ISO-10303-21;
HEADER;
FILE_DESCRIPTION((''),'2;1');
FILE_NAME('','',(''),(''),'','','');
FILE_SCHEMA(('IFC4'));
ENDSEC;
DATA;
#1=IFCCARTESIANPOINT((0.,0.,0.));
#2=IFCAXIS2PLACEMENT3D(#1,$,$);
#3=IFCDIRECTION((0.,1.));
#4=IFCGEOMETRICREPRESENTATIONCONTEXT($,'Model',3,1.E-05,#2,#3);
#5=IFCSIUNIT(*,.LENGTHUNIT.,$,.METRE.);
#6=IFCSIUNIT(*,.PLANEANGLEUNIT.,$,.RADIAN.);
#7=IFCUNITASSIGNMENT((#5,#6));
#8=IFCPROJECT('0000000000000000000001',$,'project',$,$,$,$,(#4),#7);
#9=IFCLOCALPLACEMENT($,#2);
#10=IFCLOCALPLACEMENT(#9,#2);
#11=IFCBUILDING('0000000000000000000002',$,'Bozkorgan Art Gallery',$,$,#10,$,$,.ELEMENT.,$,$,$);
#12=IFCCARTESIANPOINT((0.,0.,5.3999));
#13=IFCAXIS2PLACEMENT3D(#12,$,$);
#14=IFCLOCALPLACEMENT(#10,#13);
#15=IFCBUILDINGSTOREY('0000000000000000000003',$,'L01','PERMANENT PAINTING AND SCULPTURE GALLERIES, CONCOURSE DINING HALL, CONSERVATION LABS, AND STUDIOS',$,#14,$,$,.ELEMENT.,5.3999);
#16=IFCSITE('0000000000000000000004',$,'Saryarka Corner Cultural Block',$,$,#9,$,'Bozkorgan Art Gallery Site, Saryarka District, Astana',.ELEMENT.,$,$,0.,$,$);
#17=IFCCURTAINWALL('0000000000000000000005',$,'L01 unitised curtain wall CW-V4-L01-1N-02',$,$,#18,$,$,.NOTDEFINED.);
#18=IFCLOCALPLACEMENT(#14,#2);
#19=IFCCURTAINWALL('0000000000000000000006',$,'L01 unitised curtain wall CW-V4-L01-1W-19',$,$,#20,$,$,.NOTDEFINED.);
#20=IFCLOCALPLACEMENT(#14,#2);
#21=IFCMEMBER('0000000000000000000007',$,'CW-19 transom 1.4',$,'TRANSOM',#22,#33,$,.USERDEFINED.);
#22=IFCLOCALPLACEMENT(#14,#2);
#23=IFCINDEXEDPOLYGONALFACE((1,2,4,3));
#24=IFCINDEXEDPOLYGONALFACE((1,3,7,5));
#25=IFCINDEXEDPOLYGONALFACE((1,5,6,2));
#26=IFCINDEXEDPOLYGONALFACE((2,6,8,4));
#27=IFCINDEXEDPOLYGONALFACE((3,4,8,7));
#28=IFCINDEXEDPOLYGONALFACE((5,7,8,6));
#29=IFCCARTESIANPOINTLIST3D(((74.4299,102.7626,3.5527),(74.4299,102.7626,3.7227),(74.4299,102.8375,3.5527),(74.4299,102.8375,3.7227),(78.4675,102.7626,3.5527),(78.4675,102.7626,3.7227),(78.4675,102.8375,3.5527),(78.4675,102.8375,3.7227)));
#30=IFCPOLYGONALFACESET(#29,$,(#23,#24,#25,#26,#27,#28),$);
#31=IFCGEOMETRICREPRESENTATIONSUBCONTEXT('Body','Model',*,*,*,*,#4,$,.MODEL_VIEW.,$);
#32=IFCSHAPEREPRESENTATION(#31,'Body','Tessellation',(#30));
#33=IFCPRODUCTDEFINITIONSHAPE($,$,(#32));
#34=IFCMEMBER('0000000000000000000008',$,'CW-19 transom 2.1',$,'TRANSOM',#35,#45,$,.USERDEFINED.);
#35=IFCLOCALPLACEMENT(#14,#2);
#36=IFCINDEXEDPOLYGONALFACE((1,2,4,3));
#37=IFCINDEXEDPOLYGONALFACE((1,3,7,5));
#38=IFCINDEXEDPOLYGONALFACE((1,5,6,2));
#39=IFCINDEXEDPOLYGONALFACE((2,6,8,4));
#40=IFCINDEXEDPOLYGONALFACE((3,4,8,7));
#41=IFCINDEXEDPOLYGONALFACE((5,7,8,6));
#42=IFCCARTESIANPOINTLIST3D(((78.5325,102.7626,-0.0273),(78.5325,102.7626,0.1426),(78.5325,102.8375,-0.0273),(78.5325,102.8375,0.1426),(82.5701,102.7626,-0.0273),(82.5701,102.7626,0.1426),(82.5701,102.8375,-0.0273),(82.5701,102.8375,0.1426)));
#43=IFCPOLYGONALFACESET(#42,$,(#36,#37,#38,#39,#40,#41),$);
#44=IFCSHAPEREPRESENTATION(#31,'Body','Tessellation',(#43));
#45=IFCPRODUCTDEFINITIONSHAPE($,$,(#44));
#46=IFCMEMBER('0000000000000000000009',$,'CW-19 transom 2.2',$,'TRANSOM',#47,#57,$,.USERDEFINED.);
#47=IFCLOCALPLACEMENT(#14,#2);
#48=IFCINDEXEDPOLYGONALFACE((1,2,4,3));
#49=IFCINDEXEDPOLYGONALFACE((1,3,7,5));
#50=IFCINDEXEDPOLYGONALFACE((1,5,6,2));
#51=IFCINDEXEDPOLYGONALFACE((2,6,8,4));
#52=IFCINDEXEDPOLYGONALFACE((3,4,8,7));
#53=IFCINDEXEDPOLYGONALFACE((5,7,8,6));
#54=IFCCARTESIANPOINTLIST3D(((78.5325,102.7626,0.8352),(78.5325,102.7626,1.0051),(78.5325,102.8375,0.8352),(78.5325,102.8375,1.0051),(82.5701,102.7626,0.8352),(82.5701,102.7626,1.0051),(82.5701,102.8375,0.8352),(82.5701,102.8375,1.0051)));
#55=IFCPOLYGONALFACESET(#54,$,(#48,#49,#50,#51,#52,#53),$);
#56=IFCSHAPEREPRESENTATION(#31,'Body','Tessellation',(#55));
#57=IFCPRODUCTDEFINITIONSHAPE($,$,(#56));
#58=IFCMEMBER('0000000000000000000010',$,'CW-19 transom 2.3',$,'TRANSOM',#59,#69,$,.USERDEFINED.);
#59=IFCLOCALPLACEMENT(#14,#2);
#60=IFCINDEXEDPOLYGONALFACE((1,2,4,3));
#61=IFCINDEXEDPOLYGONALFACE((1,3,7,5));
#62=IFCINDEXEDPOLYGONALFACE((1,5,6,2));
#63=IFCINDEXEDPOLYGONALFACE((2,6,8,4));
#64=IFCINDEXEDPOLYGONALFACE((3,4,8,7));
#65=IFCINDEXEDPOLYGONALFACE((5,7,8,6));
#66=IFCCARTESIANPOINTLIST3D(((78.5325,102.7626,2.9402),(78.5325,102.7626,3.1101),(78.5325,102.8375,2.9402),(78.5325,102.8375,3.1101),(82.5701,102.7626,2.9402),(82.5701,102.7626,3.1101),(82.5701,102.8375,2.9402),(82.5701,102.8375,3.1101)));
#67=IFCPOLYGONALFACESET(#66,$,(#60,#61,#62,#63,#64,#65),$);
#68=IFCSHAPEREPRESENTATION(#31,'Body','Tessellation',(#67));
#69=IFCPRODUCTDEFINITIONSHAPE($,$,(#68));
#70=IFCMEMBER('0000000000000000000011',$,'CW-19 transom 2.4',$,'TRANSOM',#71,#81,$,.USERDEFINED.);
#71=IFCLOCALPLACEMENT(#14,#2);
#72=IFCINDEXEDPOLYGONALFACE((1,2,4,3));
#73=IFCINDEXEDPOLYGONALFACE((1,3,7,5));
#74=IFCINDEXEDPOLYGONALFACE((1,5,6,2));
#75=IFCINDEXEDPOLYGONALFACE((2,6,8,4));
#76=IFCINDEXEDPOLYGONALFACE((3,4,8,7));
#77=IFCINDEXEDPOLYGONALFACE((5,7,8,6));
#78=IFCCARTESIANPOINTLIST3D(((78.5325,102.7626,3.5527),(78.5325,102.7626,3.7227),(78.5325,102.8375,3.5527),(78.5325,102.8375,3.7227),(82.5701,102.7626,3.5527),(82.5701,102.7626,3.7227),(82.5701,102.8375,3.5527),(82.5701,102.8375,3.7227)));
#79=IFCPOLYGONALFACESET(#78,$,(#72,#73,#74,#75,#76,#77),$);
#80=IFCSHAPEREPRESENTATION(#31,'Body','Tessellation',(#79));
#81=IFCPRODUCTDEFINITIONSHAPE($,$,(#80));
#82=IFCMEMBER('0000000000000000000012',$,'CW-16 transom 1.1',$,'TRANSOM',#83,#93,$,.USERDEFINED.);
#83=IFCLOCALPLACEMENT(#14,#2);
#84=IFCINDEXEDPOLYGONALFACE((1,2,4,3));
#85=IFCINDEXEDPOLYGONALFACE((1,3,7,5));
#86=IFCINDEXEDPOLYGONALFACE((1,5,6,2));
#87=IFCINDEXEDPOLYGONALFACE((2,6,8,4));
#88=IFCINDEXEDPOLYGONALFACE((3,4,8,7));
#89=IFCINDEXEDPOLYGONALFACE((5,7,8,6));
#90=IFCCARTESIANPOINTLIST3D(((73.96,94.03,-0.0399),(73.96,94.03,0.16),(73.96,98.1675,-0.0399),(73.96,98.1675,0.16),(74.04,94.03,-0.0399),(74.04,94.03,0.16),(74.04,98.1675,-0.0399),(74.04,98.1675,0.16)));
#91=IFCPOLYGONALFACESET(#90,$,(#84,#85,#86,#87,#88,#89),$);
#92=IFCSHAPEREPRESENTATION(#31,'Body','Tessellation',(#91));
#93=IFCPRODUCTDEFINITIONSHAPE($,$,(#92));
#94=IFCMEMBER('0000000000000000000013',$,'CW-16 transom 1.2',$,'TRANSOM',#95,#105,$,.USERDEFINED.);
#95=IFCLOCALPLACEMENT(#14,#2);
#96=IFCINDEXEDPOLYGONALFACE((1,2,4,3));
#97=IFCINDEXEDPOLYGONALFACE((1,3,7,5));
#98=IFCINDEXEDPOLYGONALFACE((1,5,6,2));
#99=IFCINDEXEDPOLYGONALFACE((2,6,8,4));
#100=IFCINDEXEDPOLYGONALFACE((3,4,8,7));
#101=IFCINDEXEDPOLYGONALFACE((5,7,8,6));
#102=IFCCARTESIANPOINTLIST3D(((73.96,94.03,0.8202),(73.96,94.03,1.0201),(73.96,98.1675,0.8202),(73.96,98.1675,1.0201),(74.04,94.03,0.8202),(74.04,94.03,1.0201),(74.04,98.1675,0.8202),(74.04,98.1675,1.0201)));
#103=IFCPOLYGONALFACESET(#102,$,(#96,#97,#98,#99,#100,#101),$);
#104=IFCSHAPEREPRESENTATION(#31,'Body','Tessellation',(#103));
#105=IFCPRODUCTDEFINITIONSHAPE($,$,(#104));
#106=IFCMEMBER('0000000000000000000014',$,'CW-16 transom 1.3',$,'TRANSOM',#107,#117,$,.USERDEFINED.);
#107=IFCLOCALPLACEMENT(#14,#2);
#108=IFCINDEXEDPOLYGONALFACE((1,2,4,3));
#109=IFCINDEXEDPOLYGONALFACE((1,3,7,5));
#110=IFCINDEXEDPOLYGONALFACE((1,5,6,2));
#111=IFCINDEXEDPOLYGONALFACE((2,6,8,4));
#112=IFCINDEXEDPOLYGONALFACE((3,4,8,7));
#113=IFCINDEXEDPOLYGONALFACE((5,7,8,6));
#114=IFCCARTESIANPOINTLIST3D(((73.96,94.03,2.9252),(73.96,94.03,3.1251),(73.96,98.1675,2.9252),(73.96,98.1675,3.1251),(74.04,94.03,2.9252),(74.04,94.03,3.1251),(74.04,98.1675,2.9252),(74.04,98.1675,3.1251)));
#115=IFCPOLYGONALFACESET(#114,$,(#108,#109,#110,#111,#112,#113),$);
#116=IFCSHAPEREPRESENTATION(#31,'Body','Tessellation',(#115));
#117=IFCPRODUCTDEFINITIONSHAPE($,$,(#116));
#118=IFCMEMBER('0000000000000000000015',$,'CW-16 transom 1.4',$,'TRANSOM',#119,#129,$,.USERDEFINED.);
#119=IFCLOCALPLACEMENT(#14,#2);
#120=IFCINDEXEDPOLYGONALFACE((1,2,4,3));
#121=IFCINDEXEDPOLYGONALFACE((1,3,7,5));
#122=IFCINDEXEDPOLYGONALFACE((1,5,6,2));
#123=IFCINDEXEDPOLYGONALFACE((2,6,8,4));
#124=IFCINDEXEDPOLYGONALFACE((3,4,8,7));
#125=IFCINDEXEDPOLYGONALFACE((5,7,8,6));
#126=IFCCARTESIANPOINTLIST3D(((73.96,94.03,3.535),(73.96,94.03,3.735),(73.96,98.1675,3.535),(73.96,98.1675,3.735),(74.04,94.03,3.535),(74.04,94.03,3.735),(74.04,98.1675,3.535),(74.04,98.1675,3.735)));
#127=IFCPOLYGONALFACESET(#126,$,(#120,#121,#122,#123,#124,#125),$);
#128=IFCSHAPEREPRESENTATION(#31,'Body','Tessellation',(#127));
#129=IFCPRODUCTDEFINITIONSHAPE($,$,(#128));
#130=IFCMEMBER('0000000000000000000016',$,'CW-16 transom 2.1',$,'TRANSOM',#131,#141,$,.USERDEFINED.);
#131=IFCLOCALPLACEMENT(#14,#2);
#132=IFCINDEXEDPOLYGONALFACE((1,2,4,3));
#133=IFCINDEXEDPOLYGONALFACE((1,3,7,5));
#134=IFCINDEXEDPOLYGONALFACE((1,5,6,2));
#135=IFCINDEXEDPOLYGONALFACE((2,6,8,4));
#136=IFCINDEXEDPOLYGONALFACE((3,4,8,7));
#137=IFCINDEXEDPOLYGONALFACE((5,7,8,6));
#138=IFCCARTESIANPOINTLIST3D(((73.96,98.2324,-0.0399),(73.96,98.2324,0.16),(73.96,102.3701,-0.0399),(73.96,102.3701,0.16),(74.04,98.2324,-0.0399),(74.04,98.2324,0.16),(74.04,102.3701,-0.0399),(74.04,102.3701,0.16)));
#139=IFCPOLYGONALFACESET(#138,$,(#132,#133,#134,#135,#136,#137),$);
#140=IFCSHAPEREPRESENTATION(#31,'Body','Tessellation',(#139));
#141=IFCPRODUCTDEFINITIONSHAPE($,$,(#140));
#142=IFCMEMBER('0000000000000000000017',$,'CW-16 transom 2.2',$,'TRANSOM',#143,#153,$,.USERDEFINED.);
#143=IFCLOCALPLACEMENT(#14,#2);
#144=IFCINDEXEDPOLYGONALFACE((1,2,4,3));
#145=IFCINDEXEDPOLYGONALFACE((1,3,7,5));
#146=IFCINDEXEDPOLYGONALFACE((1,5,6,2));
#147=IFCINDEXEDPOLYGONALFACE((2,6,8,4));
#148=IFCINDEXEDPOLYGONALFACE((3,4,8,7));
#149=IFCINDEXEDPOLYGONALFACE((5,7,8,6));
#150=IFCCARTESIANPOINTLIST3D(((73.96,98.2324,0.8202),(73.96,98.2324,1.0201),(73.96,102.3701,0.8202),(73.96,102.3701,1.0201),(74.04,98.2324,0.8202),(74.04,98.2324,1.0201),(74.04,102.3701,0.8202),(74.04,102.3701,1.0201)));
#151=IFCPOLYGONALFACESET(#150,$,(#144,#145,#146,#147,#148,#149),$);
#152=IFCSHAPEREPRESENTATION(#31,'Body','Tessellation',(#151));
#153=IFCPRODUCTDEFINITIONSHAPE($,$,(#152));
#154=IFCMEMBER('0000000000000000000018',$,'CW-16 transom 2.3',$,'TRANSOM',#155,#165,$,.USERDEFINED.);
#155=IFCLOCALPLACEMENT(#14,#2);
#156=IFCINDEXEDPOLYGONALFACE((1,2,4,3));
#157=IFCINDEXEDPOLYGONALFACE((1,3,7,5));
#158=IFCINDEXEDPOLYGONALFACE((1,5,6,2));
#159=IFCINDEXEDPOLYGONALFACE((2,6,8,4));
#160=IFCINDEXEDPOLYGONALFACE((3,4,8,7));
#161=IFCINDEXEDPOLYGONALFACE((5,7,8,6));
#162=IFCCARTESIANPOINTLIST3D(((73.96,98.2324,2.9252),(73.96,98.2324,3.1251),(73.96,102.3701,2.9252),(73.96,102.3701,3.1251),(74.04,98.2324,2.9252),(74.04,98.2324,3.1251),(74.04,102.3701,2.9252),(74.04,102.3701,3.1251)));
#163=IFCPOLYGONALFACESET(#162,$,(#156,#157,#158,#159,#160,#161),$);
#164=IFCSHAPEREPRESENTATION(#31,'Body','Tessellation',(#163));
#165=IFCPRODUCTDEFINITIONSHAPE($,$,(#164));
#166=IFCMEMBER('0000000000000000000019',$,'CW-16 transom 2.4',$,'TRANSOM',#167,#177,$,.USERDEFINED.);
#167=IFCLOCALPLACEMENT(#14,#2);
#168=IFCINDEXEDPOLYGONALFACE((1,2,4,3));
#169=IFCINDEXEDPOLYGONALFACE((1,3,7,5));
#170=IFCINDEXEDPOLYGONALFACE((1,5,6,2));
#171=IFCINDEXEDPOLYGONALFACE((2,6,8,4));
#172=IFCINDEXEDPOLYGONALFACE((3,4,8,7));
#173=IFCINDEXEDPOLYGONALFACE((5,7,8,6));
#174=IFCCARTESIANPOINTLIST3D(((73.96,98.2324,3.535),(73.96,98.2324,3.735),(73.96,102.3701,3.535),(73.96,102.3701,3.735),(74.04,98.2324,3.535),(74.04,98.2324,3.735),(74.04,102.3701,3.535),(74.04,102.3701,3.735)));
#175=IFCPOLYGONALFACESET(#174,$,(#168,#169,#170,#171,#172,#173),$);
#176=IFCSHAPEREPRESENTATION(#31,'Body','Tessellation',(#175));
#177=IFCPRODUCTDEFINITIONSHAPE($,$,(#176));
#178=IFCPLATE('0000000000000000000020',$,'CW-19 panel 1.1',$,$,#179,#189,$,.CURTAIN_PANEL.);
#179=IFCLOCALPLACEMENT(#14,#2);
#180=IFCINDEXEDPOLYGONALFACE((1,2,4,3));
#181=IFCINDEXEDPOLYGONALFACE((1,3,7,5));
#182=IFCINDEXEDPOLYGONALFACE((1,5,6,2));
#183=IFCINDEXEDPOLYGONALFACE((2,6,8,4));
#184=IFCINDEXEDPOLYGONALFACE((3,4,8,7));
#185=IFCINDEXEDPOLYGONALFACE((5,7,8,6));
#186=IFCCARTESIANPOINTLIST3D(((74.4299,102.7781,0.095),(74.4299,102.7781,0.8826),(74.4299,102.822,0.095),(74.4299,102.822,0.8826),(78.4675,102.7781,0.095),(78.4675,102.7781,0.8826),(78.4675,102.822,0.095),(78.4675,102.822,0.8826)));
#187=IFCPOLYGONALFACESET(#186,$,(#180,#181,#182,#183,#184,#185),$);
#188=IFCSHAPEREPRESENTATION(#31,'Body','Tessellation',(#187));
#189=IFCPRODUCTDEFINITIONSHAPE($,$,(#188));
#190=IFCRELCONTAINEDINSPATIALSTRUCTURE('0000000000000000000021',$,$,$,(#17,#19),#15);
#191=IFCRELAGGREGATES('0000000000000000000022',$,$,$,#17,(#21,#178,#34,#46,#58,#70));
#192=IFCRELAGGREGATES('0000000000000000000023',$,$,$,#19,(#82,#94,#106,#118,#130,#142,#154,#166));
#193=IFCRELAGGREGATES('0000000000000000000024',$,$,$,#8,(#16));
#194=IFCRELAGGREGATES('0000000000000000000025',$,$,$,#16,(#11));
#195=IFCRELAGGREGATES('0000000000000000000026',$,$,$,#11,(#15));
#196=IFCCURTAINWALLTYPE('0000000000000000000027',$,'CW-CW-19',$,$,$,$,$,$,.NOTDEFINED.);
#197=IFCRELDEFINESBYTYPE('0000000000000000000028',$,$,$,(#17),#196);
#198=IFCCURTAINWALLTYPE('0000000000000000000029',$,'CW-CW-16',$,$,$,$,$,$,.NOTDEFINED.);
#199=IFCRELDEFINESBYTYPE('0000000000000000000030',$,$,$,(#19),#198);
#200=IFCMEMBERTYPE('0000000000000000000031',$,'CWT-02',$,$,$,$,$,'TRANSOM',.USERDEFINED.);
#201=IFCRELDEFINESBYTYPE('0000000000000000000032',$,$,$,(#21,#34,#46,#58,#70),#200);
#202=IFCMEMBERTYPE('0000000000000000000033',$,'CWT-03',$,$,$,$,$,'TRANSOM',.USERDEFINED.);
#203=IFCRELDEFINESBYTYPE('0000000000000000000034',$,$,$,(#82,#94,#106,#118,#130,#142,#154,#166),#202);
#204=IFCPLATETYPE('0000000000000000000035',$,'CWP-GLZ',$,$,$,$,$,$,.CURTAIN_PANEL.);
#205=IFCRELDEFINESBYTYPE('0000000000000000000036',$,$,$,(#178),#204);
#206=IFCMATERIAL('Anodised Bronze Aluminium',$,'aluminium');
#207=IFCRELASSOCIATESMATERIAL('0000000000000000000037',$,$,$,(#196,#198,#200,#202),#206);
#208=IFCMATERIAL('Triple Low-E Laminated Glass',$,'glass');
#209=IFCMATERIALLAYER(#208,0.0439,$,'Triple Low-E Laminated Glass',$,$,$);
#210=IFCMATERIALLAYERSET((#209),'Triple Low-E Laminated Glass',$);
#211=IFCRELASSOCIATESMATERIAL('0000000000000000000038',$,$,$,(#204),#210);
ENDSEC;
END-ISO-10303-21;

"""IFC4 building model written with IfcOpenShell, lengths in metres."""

from ifc_helpers import new_model, si_unit, direction, frame, origin, origin_2d, place, context, subcontext, project, spatial, rectangle, extrude, material, layer, layer_set, material_profile, profile_set, type_object, element, aggregate, save


model = new_model("IFC4")

# Units and contexts
model_context = context("Model", 3, precision=1e-05, world=origin(), true_north=direction((0.0, 1.0)))
body_context = subcontext(model_context, "Body", "Model", "MODEL_VIEW")
ifc_project = project(units=[si_unit("LENGTHUNIT", "METRE"), si_unit("PLANEANGLEUNIT", "RADIAN")], contexts=[model_context])

# Site, building, storey
site_placement = place(None, origin())
site = spatial("IfcSite", under=ifc_project, at=site_placement, Name="Saryarka Corner Cultural Block", LongName="Bozkorgan Art Gallery Site, Saryarka District, Astana", CompositionType="ELEMENT", RefElevation=0.0)
building_placement = place(site_placement, origin())
building = spatial("IfcBuilding", under=site, at=building_placement, Name="Bozkorgan Art Gallery", CompositionType="ELEMENT")
storey_placement = place(building_placement, frame((0.0, 0.0, 5.3999)))
storey = spatial("IfcBuildingStorey", under=building, at=storey_placement, Name="L01", Description="PERMANENT PAINTING AND SCULPTURE GALLERIES, CONCOURSE DINING HALL, CONSERVATION LABS, AND STUDIOS", CompositionType="ELEMENT", Elevation=5.3999)

# Curtain walls
ifc_material_1 = material(Name="Anodised Bronze Aluminium", Category="aluminium")
curtain_wall_type_1 = type_object("IfcCurtainWallType", Name="CW-CW-19", PredefinedType="NOTDEFINED", material=ifc_material_1)
curtain_wall_1_placement = place(storey_placement, origin())
curtain_wall_1 = element("IfcCurtainWall", 1, at=curtain_wall_1_placement, inside=storey, type_object=curtain_wall_type_1, Name="L01 unitised curtain wall CW-V4-L01-1N-02", PredefinedType="NOTDEFINED")
curtain_wall_type_2 = type_object("IfcCurtainWallType", Name="CW-CW-16", PredefinedType="NOTDEFINED", material=ifc_material_1)
curtain_wall_2_placement = place(storey_placement, origin())
curtain_wall_2 = element("IfcCurtainWall", 2, at=curtain_wall_2_placement, inside=storey, type_object=curtain_wall_type_2, Name="L01 unitised curtain wall CW-V4-L01-1W-19", PredefinedType="NOTDEFINED")

# Members
ifc_material_profile_1 = material_profile(ifc_material_1, rectangle(XDim=0.075, YDim=0.1699, at=origin_2d()), Name="ALU TRANSOM 75x170")
ifc_profile_set_1 = profile_set([ifc_material_profile_1], Name="Anodised Bronze Aluminium")
member_type_1 = type_object("IfcMemberType", Name="CWT-02", ElementType="TRANSOM", PredefinedType="USERDEFINED", material=ifc_profile_set_1)
member_1_placement = place(storey_placement, frame((74.4299, 102.8, 3.6377), z_axis=(1.0, 0.0, 0.0), x_axis=(0.0, 1.0, 0.0)))
member_1 = element("IfcMember", 3, at=member_1_placement, type_object=member_type_1, Name="CW-19 transom 1.4", ObjectType="TRANSOM", PredefinedType="USERDEFINED", context=body_context, shape_type="SweptSolid", body=[
    extrude(rectangle(XDim=0.075, YDim=0.1699, at=origin_2d()), origin(), (0.0, 0.0, 1.0), 4.0376),
])
member_2_placement = place(storey_placement, frame((78.5325, 102.8, 0.0576), z_axis=(1.0, 0.0, 0.0), x_axis=(0.0, 1.0, 0.0)))
member_2 = element("IfcMember", 4, at=member_2_placement, type_object=member_type_1, Name="CW-19 transom 2.1", ObjectType="TRANSOM", PredefinedType="USERDEFINED", context=body_context, shape_type="SweptSolid", body=[
    extrude(rectangle(XDim=0.075, YDim=0.1699, at=origin_2d()), origin(), (0.0, 0.0, 1.0), 4.0376),
])
member_3_placement = place(storey_placement, frame((78.5325, 102.8, 0.9202), z_axis=(1.0, 0.0, 0.0), x_axis=(0.0, 1.0, 0.0)))
member_3 = element("IfcMember", 5, at=member_3_placement, type_object=member_type_1, Name="CW-19 transom 2.2", ObjectType="TRANSOM", PredefinedType="USERDEFINED", context=body_context, shape_type="SweptSolid", body=[
    extrude(rectangle(XDim=0.075, YDim=0.1699, at=origin_2d()), origin(), (0.0, 0.0, 1.0), 4.0376),
])
member_4_placement = place(storey_placement, frame((78.5325, 102.8, 3.0251), z_axis=(1.0, 0.0, 0.0), x_axis=(0.0, 1.0, 0.0)))
member_4 = element("IfcMember", 6, at=member_4_placement, type_object=member_type_1, Name="CW-19 transom 2.3", ObjectType="TRANSOM", PredefinedType="USERDEFINED", context=body_context, shape_type="SweptSolid", body=[
    extrude(rectangle(XDim=0.075, YDim=0.1699, at=origin_2d()), origin(), (0.0, 0.0, 1.0), 4.0376),
])
member_5_placement = place(storey_placement, frame((78.5325, 102.8, 3.6377), z_axis=(1.0, 0.0, 0.0), x_axis=(0.0, 1.0, 0.0)))
member_5 = element("IfcMember", 7, at=member_5_placement, type_object=member_type_1, Name="CW-19 transom 2.4", ObjectType="TRANSOM", PredefinedType="USERDEFINED", context=body_context, shape_type="SweptSolid", body=[
    extrude(rectangle(XDim=0.075, YDim=0.1699, at=origin_2d()), origin(), (0.0, 0.0, 1.0), 4.0376),
])
ifc_material_profile_2 = material_profile(ifc_material_1, rectangle(XDim=0.0801, YDim=0.2, at=origin_2d()), Name="ALU TRANSOM 80x200")
ifc_profile_set_2 = profile_set([ifc_material_profile_2], Name="Anodised Bronze Aluminium")
member_type_2 = type_object("IfcMemberType", Name="CWT-03", ElementType="TRANSOM", PredefinedType="USERDEFINED", material=ifc_profile_set_2)
member_6_placement = place(storey_placement, frame((74.0, 94.03, 0.0601), z_axis=(0.0, 1.0, 0.0), x_axis=(-1.0, 0.0, 0.0)))
member_6 = element("IfcMember", 8, at=member_6_placement, type_object=member_type_2, Name="CW-16 transom 1.1", ObjectType="TRANSOM", PredefinedType="USERDEFINED", context=body_context, shape_type="SweptSolid", body=[
    extrude(rectangle(XDim=0.0801, YDim=0.2, at=origin_2d()), origin(), (0.0, 0.0, 1.0), 4.1375),
])
member_7_placement = place(storey_placement, frame((74.0, 94.03, 0.9202), z_axis=(0.0, 1.0, 0.0), x_axis=(-1.0, 0.0, 0.0)))
member_7 = element("IfcMember", 9, at=member_7_placement, type_object=member_type_2, Name="CW-16 transom 1.2", ObjectType="TRANSOM", PredefinedType="USERDEFINED", context=body_context, shape_type="SweptSolid", body=[
    extrude(rectangle(XDim=0.0801, YDim=0.2, at=origin_2d()), origin(), (0.0, 0.0, 1.0), 4.1375),
])
member_8_placement = place(storey_placement, frame((74.0, 94.03, 3.0251), z_axis=(0.0, 1.0, 0.0), x_axis=(-1.0, 0.0, 0.0)))
member_8 = element("IfcMember", 10, at=member_8_placement, type_object=member_type_2, Name="CW-16 transom 1.3", ObjectType="TRANSOM", PredefinedType="USERDEFINED", context=body_context, shape_type="SweptSolid", body=[
    extrude(rectangle(XDim=0.0801, YDim=0.2, at=origin_2d()), origin(), (0.0, 0.0, 1.0), 4.1375),
])
member_9_placement = place(storey_placement, frame((74.0, 94.03, 3.635), z_axis=(0.0, 1.0, 0.0), x_axis=(-1.0, 0.0, 0.0)))
member_9 = element("IfcMember", 11, at=member_9_placement, type_object=member_type_2, Name="CW-16 transom 1.4", ObjectType="TRANSOM", PredefinedType="USERDEFINED", context=body_context, shape_type="SweptSolid", body=[
    extrude(rectangle(XDim=0.0801, YDim=0.2, at=origin_2d()), origin(), (0.0, 0.0, 1.0), 4.1375),
])
member_10_placement = place(storey_placement, frame((74.0, 98.2324, 0.0601), z_axis=(0.0, 1.0, 0.0), x_axis=(-1.0, 0.0, 0.0)))
member_10 = element("IfcMember", 12, at=member_10_placement, type_object=member_type_2, Name="CW-16 transom 2.1", ObjectType="TRANSOM", PredefinedType="USERDEFINED", context=body_context, shape_type="SweptSolid", body=[
    extrude(rectangle(XDim=0.0801, YDim=0.2, at=origin_2d()), origin(), (0.0, 0.0, 1.0), 4.1377),
])
member_11_placement = place(storey_placement, frame((74.0, 98.2324, 0.9202), z_axis=(0.0, 1.0, 0.0), x_axis=(-1.0, 0.0, 0.0)))
member_11 = element("IfcMember", 13, at=member_11_placement, type_object=member_type_2, Name="CW-16 transom 2.2", ObjectType="TRANSOM", PredefinedType="USERDEFINED", context=body_context, shape_type="SweptSolid", body=[
    extrude(rectangle(XDim=0.0801, YDim=0.2, at=origin_2d()), origin(), (0.0, 0.0, 1.0), 4.1377),
])
member_12_placement = place(storey_placement, frame((74.0, 98.2324, 3.0251), z_axis=(0.0, 1.0, 0.0), x_axis=(-1.0, 0.0, 0.0)))
member_12 = element("IfcMember", 14, at=member_12_placement, type_object=member_type_2, Name="CW-16 transom 2.3", ObjectType="TRANSOM", PredefinedType="USERDEFINED", context=body_context, shape_type="SweptSolid", body=[
    extrude(rectangle(XDim=0.0801, YDim=0.2, at=origin_2d()), origin(), (0.0, 0.0, 1.0), 4.1377),
])
member_13_placement = place(storey_placement, frame((74.0, 98.2324, 3.635), z_axis=(0.0, 1.0, 0.0), x_axis=(-1.0, 0.0, 0.0)))
member_13 = element("IfcMember", 15, at=member_13_placement, type_object=member_type_2, Name="CW-16 transom 2.4", ObjectType="TRANSOM", PredefinedType="USERDEFINED", context=body_context, shape_type="SweptSolid", body=[
    extrude(rectangle(XDim=0.0801, YDim=0.2, at=origin_2d()), origin(), (0.0, 0.0, 1.0), 4.1377),
])

# Plate
ifc_material_2 = material(Name="Triple Low-E Laminated Glass", Category="glass")
ifc_layer = layer(ifc_material_2, 0.0439, Name="Triple Low-E Laminated Glass")
ifc_layer_set = layer_set([ifc_layer], Name="Triple Low-E Laminated Glass")
plate_type = type_object("IfcPlateType", Name="CWP-GLZ", PredefinedType="CURTAIN_PANEL", material=ifc_layer_set)
plate_1_placement = place(storey_placement, frame((76.4487, 102.8, 0.095), z_axis=(0.0, 0.0, 1.0), x_axis=(1.0, 0.0, 0.0)))
plate_1 = element("IfcPlate", 16, at=plate_1_placement, type_object=plate_type, Name="CW-19 panel 1.1", PredefinedType="CURTAIN_PANEL", context=body_context, shape_type="SweptSolid", body=[
    extrude(rectangle(XDim=4.0376, YDim=0.0439, at=origin_2d()), origin(), (0.0, 0.0, 1.0), 0.7876),
])
aggregate(curtain_wall_1, [member_1, plate_1, member_2, member_3, member_4, member_5])
aggregate(curtain_wall_2, [member_6, member_7, member_8, member_9, member_10, member_11, member_12, member_13])

save(model, "model.ifc")
